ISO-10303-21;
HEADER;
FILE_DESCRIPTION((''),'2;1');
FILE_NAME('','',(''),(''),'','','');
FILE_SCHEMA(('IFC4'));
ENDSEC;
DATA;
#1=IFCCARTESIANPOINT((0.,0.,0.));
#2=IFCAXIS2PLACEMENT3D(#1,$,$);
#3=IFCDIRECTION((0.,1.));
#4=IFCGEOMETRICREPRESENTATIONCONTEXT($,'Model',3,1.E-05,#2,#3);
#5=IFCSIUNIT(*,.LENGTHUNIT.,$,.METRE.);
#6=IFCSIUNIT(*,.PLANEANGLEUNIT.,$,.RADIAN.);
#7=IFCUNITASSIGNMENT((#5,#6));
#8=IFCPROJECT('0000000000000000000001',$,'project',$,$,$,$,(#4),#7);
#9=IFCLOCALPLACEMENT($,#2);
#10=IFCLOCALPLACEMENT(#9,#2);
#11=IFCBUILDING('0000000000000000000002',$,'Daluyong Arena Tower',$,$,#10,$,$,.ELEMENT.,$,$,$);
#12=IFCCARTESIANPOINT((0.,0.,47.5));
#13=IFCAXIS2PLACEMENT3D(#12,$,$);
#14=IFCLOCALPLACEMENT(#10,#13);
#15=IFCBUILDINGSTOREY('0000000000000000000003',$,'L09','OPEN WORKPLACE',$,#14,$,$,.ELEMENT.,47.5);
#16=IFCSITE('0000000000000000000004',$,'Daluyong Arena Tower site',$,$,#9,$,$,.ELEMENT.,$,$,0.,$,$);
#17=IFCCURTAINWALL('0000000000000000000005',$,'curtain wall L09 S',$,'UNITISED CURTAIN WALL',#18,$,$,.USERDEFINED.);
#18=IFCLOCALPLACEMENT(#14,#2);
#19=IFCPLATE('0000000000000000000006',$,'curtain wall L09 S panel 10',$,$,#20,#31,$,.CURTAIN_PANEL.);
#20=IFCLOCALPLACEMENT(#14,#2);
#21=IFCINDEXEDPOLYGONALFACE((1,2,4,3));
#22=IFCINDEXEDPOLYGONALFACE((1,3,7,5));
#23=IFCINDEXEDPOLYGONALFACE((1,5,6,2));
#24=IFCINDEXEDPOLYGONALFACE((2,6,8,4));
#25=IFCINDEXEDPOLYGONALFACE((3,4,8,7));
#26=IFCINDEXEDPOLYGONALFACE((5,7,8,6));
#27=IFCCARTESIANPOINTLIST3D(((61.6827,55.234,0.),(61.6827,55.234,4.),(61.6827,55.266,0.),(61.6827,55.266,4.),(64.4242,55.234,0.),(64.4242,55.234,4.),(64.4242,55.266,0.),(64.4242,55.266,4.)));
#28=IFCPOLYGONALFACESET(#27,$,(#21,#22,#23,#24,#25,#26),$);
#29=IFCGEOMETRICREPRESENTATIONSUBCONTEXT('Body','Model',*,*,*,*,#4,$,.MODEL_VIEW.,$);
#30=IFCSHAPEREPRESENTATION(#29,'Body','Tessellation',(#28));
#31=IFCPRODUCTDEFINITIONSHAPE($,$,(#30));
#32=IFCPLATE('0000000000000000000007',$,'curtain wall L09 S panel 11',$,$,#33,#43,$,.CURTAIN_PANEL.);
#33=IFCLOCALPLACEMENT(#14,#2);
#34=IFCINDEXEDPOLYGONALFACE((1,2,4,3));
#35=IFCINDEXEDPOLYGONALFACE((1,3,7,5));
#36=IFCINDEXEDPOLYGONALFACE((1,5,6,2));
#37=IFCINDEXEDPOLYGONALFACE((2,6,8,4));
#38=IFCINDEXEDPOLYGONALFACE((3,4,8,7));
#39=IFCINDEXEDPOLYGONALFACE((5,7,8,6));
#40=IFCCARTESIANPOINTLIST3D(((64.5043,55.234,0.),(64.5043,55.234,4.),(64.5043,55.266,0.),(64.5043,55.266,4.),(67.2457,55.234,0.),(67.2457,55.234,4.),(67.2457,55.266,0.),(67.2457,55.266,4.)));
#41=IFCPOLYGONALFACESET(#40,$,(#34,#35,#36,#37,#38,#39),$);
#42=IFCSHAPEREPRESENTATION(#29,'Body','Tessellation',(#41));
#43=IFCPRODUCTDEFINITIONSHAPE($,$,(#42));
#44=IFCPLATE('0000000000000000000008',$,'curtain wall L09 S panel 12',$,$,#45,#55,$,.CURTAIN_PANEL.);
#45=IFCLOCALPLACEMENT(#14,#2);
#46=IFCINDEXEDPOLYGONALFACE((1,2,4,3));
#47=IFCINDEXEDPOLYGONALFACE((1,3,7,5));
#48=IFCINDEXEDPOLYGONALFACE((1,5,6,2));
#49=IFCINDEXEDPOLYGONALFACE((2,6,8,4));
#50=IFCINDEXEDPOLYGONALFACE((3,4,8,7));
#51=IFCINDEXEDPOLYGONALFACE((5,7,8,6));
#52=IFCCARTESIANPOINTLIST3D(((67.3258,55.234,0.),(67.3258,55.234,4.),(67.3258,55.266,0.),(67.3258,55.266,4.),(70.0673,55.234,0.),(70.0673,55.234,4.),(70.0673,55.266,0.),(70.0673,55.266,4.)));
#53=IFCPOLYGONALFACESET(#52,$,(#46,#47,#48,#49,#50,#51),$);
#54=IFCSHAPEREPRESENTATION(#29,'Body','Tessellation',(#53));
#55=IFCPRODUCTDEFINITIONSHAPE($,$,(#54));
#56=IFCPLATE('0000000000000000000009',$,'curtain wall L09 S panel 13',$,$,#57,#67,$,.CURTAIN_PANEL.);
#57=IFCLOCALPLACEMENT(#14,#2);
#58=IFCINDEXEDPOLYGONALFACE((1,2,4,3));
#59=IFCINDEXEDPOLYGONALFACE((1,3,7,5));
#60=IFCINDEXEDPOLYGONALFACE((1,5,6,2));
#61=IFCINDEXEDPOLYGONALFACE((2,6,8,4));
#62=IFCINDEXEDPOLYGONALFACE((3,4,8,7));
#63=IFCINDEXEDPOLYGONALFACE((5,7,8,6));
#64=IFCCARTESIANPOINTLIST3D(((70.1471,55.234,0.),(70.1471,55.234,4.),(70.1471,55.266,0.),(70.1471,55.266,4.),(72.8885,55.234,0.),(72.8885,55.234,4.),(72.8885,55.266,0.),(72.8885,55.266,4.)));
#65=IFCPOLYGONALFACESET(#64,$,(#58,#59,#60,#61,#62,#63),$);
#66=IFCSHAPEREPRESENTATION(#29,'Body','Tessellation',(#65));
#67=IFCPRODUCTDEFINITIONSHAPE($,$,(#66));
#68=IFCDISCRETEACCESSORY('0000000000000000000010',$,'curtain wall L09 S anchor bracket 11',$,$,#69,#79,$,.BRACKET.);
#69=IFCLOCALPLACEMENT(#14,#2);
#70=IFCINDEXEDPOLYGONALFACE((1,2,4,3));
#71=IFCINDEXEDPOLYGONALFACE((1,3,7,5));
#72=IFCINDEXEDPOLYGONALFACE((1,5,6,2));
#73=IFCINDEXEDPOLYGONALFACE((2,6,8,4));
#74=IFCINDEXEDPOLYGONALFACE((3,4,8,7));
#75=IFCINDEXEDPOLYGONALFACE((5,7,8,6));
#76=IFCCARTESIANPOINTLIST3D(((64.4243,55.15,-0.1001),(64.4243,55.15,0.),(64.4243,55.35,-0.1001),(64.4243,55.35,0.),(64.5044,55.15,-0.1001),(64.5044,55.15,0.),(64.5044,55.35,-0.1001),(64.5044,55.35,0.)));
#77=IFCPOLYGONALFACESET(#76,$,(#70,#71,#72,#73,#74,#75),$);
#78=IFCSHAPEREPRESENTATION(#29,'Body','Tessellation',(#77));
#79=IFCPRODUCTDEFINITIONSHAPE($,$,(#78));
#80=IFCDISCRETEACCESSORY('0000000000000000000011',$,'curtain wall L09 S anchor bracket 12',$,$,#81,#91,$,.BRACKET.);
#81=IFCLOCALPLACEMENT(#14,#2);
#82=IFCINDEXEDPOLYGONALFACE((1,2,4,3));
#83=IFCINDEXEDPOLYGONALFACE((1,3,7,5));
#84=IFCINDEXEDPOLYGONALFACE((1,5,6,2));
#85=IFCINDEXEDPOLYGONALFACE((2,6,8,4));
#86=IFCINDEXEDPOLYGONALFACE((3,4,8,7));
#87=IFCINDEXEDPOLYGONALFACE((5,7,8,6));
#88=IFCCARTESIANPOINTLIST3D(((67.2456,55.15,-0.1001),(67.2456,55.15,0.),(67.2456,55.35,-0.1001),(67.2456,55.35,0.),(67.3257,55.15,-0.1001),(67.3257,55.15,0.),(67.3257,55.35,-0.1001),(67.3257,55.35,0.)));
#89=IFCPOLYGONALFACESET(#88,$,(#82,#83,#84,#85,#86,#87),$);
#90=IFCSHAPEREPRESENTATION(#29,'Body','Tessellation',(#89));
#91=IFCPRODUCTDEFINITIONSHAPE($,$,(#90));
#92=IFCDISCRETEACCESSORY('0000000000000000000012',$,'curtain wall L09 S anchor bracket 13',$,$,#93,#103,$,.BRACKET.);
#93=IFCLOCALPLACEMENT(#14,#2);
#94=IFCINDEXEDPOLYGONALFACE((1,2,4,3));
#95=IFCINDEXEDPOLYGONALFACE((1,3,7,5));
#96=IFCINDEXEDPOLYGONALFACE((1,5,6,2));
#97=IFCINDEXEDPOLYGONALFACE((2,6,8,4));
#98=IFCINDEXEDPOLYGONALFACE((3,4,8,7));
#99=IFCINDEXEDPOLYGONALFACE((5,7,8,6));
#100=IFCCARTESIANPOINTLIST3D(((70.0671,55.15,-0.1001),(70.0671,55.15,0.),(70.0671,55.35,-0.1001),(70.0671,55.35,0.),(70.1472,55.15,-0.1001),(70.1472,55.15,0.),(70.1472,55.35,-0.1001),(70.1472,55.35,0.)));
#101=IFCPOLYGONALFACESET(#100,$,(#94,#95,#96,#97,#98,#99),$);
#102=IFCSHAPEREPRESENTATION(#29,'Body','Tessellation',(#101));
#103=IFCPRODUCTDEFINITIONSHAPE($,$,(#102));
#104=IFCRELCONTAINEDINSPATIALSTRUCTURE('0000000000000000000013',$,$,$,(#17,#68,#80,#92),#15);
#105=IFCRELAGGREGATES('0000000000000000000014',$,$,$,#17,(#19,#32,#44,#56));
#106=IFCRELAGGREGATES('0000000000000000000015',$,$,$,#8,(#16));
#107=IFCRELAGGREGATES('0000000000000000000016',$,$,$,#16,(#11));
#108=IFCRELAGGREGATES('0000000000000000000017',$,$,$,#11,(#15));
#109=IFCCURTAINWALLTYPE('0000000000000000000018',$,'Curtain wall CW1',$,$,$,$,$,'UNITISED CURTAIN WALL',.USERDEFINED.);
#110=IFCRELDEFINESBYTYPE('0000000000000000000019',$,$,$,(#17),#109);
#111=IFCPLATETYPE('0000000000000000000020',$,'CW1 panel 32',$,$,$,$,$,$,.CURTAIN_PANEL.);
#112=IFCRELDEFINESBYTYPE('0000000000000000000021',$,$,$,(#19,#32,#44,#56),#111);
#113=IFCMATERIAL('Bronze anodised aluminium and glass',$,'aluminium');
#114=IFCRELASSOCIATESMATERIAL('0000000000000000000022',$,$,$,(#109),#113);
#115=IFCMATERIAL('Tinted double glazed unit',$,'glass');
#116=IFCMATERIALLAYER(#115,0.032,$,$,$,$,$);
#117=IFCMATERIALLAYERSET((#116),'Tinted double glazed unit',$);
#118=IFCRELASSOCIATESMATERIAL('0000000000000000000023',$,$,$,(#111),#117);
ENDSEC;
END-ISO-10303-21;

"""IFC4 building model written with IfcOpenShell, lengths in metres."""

from ifc_helpers import new_model, si_unit, direction, frame, origin, origin_2d, place, context, subcontext, project, spatial, rectangle, extrude, material, layer, layer_set, type_object, element, aggregate, save


model = new_model("IFC4")

# Units and contexts
model_context = context("Model", 3, precision=1e-05, world=origin(), true_north=direction((0.0, 1.0)))
body_context = subcontext(model_context, "Body", "Model", "MODEL_VIEW")
ifc_project = project(units=[si_unit("LENGTHUNIT", "METRE"), si_unit("PLANEANGLEUNIT", "RADIAN")], contexts=[model_context])

# Site, building, storey
site_placement = place(None, origin())
site = spatial("IfcSite", under=ifc_project, at=site_placement, Name="Daluyong Arena Tower site", CompositionType="ELEMENT", RefElevation=0.0)
building_placement = place(site_placement, origin())
building = spatial("IfcBuilding", under=site, at=building_placement, Name="Daluyong Arena Tower", CompositionType="ELEMENT")
storey_placement = place(building_placement, frame((0.0, 0.0, 47.5)))
storey = spatial("IfcBuildingStorey", under=building, at=storey_placement, Name="L09", Description="OPEN WORKPLACE", CompositionType="ELEMENT", Elevation=47.5)

# Curtain wall
ifc_material_1 = material(Name="Bronze anodised aluminium and glass", Category="aluminium")
curtain_wall_type = type_object("IfcCurtainWallType", Name="Curtain wall CW1", ElementType="UNITISED CURTAIN WALL", PredefinedType="USERDEFINED", material=ifc_material_1)
curtain_wall_placement = place(storey_placement, origin())
curtain_wall = element("IfcCurtainWall", 1, at=curtain_wall_placement, inside=storey, type_object=curtain_wall_type, Name="curtain wall L09 S", ObjectType="UNITISED CURTAIN WALL", PredefinedType="USERDEFINED")

# Plates
ifc_material_2 = material(Name="Tinted double glazed unit", Category="glass")
ifc_layer = layer(ifc_material_2, 0.032)
ifc_layer_set = layer_set([ifc_layer], Name="Tinted double glazed unit")
plate_type = type_object("IfcPlateType", Name="CW1 panel 32", PredefinedType="CURTAIN_PANEL", material=ifc_layer_set)
plate_1_placement = place(storey_placement, frame((63.0535, 55.25, 0.0), z_axis=(0.0, 0.0, 1.0), x_axis=(1.0, 0.0, 0.0)))
plate_1 = element("IfcPlate", 2, at=plate_1_placement, type_object=plate_type, Name="curtain wall L09 S panel 10", PredefinedType="CURTAIN_PANEL", context=body_context, shape_type="SweptSolid", body=[
    extrude(rectangle(XDim=2.7415, YDim=0.032, at=origin_2d()), origin(), (0.0, 0.0, 1.0), 4.0),
])
plate_2_placement = place(storey_placement, frame((65.875, 55.25, 0.0), z_axis=(0.0, 0.0, 1.0), x_axis=(1.0, 0.0, 0.0)))
plate_2 = element("IfcPlate", 3, at=plate_2_placement, type_object=plate_type, Name="curtain wall L09 S panel 11", PredefinedType="CURTAIN_PANEL", context=body_context, shape_type="SweptSolid", body=[
    extrude(rectangle(XDim=2.7415, YDim=0.032, at=origin_2d()), origin(), (0.0, 0.0, 1.0), 4.0),
])
plate_3_placement = place(storey_placement, frame((68.6965, 55.25, 0.0), z_axis=(0.0, 0.0, 1.0), x_axis=(1.0, 0.0, 0.0)))
plate_3 = element("IfcPlate", 4, at=plate_3_placement, type_object=plate_type, Name="curtain wall L09 S panel 12", PredefinedType="CURTAIN_PANEL", context=body_context, shape_type="SweptSolid", body=[
    extrude(rectangle(XDim=2.7415, YDim=0.032, at=origin_2d()), origin(), (0.0, 0.0, 1.0), 4.0),
])
plate_4_placement = place(storey_placement, frame((71.5178, 55.25, 0.0), z_axis=(0.0, 0.0, 1.0), x_axis=(1.0, 0.0, 0.0)))
plate_4 = element("IfcPlate", 5, at=plate_4_placement, type_object=plate_type, Name="curtain wall L09 S panel 13", PredefinedType="CURTAIN_PANEL", context=body_context, shape_type="SweptSolid", body=[
    extrude(rectangle(XDim=2.7415, YDim=0.032, at=origin_2d()), origin(), (0.0, 0.0, 1.0), 4.0),
])
aggregate(curtain_wall, [plate_1, plate_2, plate_3, plate_4])

# Discrete accessories
for number, where, z_axis, x_axis, name in (
    (6, (64.4644, 55.25, -0.1001), (0.0, 0.0, 1.0), (1.0, 0.0, 0.0), "curtain wall L09 S anchor bracket 11"),
    (7, (67.2856, 55.25, -0.1001), (0.0, 0.0, 1.0), (1.0, 0.0, 0.0), "curtain wall L09 S anchor bracket 12"),
    (8, (70.1072, 55.25, -0.1001), (0.0, 0.0, 1.0), (1.0, 0.0, 0.0), "curtain wall L09 S anchor bracket 13"),
):
    element("IfcDiscreteAccessory", number, at=place(storey_placement, frame(where, z_axis=z_axis, x_axis=x_axis)), inside=storey, Name=name, PredefinedType="BRACKET", context=body_context, shape_type="SweptSolid", body=[
        extrude(rectangle(XDim=0.0801, YDim=0.2, at=origin_2d()), origin(), (0.0, 0.0, 1.0), 0.1001),
    ])

save(model, "model.ifc")
